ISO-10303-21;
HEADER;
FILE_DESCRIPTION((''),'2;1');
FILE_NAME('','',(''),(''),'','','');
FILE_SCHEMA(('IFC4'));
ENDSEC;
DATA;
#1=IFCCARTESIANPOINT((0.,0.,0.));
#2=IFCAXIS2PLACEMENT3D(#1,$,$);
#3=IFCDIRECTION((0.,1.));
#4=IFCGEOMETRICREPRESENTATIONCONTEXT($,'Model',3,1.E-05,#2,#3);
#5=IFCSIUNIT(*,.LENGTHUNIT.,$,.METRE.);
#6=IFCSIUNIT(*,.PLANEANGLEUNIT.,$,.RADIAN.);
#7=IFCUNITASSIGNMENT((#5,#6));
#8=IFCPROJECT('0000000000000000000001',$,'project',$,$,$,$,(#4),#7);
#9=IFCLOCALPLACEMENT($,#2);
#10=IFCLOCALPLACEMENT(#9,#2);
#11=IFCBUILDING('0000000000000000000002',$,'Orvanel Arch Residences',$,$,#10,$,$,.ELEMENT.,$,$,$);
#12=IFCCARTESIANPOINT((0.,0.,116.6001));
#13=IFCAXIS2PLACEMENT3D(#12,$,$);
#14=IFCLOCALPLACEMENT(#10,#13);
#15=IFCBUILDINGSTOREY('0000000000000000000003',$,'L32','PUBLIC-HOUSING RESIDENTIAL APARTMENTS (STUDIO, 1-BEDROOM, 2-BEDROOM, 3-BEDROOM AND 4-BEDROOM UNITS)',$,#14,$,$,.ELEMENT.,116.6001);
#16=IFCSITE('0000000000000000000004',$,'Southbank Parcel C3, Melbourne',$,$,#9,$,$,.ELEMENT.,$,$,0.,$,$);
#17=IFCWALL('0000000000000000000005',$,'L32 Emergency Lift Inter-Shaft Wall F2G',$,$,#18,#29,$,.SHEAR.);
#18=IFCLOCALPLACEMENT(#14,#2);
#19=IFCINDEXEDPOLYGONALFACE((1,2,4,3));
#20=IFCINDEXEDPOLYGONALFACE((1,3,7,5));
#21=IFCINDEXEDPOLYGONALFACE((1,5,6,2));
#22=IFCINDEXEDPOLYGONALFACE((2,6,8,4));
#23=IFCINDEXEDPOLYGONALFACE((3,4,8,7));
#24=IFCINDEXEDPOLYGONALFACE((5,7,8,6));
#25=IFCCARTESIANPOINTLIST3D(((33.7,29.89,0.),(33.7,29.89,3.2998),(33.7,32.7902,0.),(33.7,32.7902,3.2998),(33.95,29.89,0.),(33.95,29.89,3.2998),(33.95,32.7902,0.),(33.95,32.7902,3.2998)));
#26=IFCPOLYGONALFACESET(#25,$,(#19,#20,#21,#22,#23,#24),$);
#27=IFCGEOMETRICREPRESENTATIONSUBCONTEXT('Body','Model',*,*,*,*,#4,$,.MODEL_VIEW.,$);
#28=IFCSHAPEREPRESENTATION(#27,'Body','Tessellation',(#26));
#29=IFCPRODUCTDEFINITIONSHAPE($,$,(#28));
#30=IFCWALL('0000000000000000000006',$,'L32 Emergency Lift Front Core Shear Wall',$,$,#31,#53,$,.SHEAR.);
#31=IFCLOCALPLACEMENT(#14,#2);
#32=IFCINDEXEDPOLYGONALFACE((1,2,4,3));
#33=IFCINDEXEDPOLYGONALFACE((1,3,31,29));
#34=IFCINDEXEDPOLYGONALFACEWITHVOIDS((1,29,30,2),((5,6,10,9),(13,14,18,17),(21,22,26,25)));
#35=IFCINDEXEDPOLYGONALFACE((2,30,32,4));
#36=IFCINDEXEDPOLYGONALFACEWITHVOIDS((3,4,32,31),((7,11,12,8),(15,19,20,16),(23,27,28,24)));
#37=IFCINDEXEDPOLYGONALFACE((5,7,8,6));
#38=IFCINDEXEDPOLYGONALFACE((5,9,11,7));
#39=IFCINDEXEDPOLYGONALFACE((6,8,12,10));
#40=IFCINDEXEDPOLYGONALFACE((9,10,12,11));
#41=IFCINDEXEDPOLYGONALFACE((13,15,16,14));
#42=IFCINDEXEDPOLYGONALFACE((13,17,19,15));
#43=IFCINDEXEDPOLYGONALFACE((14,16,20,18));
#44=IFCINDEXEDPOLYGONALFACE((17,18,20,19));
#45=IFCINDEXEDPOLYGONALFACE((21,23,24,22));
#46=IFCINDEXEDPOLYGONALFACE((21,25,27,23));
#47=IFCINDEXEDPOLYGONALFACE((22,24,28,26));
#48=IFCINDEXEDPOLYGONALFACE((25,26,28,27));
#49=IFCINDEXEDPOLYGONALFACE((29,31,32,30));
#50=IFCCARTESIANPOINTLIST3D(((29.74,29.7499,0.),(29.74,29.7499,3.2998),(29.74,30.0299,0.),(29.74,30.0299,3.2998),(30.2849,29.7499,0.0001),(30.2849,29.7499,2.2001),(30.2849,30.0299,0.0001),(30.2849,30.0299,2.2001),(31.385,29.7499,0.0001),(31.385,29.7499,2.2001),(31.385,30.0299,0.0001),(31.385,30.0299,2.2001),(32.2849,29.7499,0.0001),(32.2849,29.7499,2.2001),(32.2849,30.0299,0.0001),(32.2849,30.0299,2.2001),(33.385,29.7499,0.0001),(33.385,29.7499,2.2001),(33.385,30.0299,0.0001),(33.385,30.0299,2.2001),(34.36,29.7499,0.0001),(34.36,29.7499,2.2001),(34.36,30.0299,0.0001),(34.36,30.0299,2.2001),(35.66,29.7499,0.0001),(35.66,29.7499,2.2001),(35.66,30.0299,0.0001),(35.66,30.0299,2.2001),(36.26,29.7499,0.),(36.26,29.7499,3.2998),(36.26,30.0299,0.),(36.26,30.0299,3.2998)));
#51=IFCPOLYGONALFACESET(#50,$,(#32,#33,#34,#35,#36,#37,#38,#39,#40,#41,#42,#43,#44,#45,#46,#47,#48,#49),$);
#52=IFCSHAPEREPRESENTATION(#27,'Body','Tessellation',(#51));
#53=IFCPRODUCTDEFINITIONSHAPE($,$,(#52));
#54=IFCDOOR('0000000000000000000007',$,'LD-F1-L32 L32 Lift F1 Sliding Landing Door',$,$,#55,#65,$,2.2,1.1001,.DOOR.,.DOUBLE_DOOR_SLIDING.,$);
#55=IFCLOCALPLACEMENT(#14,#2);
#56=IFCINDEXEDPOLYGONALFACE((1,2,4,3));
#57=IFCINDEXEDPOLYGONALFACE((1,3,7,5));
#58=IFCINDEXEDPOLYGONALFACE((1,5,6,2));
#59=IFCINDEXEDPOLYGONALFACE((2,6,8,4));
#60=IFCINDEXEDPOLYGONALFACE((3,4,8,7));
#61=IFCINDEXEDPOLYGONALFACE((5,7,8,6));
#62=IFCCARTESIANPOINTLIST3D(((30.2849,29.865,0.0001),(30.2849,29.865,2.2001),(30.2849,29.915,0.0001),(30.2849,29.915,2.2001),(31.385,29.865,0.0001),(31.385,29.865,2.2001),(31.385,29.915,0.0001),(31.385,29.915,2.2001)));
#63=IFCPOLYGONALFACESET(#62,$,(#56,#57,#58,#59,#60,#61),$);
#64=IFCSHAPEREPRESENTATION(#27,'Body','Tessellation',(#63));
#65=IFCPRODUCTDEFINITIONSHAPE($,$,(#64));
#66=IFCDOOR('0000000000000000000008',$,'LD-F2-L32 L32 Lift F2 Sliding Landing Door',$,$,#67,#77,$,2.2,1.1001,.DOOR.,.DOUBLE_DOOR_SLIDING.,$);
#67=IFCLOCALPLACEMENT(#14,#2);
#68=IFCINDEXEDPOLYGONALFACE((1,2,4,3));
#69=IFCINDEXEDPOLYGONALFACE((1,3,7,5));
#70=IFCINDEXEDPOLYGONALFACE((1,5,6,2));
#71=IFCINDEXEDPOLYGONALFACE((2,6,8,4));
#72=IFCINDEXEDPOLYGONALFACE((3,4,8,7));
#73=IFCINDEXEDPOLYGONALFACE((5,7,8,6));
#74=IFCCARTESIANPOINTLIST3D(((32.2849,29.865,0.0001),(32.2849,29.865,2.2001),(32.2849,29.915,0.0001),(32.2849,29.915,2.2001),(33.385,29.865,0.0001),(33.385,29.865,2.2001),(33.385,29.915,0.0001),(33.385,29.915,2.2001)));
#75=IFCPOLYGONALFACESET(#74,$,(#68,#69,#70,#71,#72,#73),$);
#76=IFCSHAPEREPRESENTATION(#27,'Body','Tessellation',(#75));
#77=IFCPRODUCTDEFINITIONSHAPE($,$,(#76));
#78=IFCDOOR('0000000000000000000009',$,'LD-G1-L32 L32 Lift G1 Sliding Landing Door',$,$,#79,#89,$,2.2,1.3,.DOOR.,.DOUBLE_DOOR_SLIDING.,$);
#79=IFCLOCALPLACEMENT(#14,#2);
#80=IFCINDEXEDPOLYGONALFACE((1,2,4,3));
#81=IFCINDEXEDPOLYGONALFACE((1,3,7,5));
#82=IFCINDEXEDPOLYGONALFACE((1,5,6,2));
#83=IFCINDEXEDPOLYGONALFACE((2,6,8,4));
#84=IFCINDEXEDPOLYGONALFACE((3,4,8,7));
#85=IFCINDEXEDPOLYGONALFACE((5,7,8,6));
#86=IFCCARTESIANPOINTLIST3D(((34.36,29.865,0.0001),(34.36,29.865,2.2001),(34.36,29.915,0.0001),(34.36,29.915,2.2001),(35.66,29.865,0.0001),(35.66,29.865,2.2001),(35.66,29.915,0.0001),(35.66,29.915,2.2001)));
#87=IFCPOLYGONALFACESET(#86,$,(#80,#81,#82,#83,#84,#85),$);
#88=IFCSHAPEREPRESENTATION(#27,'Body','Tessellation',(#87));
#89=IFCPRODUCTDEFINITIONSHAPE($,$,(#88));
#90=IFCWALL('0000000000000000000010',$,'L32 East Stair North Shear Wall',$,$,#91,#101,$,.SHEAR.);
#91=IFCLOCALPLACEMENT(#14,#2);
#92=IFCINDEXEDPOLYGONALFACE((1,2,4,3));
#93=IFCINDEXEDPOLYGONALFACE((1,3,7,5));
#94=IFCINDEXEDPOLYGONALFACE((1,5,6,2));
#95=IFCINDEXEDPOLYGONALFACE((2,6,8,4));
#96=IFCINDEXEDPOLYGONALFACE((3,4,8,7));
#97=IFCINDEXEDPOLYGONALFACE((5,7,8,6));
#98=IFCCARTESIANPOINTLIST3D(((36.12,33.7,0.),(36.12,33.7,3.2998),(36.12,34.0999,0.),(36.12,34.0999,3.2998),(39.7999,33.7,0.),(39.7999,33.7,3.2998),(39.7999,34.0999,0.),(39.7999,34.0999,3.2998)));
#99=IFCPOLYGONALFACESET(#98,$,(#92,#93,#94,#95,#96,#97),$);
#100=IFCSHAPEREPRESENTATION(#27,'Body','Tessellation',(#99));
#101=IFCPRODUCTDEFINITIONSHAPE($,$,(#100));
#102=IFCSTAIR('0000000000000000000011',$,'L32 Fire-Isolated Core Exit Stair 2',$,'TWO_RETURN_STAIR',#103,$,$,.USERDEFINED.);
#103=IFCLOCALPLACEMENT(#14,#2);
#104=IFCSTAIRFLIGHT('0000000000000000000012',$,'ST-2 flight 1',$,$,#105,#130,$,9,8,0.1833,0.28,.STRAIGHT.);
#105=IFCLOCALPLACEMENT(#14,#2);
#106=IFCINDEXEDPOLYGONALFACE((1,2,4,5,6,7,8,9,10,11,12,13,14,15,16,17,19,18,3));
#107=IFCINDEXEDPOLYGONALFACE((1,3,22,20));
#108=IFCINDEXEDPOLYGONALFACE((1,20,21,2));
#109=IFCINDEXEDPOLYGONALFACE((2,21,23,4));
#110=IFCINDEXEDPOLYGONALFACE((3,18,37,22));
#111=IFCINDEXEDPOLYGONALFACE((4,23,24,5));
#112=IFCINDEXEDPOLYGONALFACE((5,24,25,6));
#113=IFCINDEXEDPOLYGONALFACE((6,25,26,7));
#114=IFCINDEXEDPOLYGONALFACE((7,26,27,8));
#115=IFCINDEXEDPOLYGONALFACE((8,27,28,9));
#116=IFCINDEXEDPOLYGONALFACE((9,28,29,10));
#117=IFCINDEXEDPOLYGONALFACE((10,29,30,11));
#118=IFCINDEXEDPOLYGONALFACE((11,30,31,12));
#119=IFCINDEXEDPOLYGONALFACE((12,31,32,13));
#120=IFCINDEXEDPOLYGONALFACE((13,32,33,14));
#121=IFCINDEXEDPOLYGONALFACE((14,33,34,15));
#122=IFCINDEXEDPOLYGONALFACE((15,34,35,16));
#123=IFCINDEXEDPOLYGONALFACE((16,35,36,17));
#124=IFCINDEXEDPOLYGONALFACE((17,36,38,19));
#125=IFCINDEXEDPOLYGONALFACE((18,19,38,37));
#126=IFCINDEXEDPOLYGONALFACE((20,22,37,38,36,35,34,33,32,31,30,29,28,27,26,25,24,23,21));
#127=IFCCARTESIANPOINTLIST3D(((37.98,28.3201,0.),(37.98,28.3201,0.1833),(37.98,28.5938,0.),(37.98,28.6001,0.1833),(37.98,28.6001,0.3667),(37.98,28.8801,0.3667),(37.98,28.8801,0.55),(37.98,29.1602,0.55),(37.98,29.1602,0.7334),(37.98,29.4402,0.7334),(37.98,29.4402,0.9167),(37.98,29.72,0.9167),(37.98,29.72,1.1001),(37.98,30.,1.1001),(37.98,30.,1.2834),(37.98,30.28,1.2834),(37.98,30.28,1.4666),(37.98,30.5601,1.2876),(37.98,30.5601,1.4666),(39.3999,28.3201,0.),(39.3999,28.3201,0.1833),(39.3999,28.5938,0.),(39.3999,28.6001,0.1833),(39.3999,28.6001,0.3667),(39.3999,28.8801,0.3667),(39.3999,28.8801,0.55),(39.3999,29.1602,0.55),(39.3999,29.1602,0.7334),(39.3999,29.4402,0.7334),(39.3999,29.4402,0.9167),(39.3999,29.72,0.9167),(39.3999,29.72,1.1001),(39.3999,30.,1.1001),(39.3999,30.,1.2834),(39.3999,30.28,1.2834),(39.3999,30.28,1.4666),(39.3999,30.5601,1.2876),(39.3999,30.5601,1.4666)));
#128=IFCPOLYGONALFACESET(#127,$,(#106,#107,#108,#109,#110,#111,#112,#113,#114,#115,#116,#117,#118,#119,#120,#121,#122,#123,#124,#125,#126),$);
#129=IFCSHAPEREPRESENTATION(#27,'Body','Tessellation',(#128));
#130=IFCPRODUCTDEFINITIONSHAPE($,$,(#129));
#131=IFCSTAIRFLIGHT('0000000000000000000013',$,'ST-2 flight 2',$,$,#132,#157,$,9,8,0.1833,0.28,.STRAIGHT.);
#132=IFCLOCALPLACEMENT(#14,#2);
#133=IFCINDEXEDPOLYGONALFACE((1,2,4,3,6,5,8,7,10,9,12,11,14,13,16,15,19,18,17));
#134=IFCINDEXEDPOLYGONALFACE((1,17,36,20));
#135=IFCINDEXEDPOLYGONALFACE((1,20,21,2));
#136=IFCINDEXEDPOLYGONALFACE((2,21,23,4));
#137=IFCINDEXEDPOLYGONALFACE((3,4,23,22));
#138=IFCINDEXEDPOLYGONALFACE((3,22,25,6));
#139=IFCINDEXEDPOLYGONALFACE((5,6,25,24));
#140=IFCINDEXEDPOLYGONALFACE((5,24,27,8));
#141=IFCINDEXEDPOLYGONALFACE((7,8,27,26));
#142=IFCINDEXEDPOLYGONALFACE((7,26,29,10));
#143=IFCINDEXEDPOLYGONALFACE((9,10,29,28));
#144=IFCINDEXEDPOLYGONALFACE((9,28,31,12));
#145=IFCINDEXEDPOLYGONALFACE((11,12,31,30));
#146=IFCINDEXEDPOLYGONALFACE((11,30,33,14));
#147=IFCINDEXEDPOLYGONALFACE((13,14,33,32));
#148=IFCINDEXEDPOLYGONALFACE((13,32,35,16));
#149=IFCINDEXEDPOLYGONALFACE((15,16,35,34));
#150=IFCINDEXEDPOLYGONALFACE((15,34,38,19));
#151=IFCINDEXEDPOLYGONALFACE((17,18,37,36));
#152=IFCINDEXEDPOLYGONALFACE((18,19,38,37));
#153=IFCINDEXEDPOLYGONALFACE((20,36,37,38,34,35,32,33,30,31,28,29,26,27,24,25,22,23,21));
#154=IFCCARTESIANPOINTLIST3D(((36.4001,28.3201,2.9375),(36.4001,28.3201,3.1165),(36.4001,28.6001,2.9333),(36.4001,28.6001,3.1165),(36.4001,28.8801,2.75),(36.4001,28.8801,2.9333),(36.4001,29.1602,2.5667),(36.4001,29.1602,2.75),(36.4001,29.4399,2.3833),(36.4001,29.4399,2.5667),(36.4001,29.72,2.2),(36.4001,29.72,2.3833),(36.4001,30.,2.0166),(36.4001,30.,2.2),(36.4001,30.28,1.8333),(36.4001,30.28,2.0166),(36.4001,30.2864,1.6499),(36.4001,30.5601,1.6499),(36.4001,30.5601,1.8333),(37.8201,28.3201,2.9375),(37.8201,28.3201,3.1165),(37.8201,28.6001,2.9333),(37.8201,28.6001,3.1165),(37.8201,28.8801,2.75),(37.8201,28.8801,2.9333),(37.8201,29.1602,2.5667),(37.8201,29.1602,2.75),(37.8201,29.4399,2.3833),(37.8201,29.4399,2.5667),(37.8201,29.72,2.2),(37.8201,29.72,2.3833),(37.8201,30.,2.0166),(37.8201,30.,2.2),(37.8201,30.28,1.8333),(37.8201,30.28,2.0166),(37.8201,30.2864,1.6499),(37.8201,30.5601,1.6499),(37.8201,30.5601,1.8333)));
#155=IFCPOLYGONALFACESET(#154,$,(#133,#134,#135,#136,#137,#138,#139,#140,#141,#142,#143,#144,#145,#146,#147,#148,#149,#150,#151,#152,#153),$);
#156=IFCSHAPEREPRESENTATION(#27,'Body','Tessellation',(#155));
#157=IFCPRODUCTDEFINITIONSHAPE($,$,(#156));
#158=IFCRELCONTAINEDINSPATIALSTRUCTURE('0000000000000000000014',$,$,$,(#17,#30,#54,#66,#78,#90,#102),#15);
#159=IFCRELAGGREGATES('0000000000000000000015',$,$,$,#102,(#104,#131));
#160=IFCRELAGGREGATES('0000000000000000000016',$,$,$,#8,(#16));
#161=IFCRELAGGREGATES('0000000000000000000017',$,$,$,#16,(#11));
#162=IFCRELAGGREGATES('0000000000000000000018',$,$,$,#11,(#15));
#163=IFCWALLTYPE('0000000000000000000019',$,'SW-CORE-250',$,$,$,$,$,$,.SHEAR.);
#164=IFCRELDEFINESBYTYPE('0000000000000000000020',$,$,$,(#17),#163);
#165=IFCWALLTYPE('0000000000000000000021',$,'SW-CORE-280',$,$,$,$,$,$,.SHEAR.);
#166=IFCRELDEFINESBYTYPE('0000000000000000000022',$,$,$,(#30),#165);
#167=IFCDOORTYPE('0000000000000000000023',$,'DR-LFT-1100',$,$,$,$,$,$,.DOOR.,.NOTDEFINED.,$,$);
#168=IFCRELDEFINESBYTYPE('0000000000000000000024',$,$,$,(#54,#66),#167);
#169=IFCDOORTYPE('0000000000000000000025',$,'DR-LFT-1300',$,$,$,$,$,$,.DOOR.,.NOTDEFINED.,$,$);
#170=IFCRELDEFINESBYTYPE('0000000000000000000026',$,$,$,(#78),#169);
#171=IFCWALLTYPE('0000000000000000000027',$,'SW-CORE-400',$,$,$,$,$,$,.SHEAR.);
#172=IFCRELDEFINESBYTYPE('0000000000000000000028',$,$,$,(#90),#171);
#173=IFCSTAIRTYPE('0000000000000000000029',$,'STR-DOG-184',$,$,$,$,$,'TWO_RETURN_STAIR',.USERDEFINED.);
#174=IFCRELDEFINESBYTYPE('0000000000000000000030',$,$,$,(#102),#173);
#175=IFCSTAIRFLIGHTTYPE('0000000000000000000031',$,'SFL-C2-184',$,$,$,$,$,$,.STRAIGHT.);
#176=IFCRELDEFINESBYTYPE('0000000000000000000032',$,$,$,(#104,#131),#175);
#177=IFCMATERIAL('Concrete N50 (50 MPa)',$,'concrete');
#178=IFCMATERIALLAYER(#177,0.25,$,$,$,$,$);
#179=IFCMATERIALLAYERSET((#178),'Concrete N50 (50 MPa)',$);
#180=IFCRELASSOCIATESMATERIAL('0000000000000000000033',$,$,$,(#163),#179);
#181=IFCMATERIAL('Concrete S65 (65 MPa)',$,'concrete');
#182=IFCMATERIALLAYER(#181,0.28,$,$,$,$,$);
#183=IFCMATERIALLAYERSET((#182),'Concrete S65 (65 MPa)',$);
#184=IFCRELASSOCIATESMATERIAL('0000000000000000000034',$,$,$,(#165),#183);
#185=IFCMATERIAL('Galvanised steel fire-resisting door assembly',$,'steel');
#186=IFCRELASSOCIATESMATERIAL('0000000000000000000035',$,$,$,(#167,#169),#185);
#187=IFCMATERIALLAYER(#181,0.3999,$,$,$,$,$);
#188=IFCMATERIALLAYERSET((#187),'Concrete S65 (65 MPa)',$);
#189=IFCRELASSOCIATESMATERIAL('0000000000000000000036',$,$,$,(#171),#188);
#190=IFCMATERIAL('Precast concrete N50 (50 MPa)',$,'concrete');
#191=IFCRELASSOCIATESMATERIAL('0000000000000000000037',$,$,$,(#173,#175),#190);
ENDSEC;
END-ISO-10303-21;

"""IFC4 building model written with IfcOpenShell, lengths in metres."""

from ifc_helpers import new_model, si_unit, direction, frame, frame_2d, origin, place, context, subcontext, project, spatial, polyline, rectangle, outline, extrude, material, layer, layer_set, type_object, element, fill, aggregate, save


model = new_model("IFC4")

# Units and contexts
model_context = context("Model", 3, precision=1e-05, world=origin(), true_north=direction((0.0, 1.0)))
body_context = subcontext(model_context, "Body", "Model", "MODEL_VIEW")
ifc_project = project(units=[si_unit("LENGTHUNIT", "METRE"), si_unit("PLANEANGLEUNIT", "RADIAN")], contexts=[model_context])

# Site, building, storey
site_placement = place(None, origin())
site = spatial("IfcSite", under=ifc_project, at=site_placement, Name="Southbank Parcel C3, Melbourne", CompositionType="ELEMENT", RefElevation=0.0)
building_placement = place(site_placement, origin())
building = spatial("IfcBuilding", under=site, at=building_placement, Name="Orvanel Arch Residences", CompositionType="ELEMENT")
storey_placement = place(building_placement, frame((0.0, 0.0, 116.6001)))
storey = spatial("IfcBuildingStorey", under=building, at=storey_placement, Name="L32", Description="PUBLIC-HOUSING RESIDENTIAL APARTMENTS (STUDIO, 1-BEDROOM, 2-BEDROOM, 3-BEDROOM AND 4-BEDROOM UNITS)", CompositionType="ELEMENT", Elevation=116.6001)

# Wall
ifc_material_1 = material(Name="Concrete N50 (50 MPa)", Category="concrete")
ifc_layer_1 = layer(ifc_material_1, 0.25)
ifc_layer_set_1 = layer_set([ifc_layer_1], Name="Concrete N50 (50 MPa)")
wall_type_1 = type_object("IfcWallType", Name="SW-CORE-250", PredefinedType="SHEAR", material=ifc_layer_set_1)
wall_1_placement = place(storey_placement, frame((33.825, 29.8899, 0.0), z_axis=(0.0, 0.0, 1.0), x_axis=(0.0, 1.0, 0.0)))
element("IfcWall", 1, at=wall_1_placement, inside=storey, type_object=wall_type_1, Name="L32 Emergency Lift Inter-Shaft Wall F2G", PredefinedType="SHEAR", context=body_context, shape_type="SweptSolid", body=[
    extrude(rectangle(XDim=2.9001, YDim=0.25, at=frame_2d((1.4502, 0.0))), origin(), (0.0, 0.0, 1.0), 3.2998),
])

# Wall, openings, doors
ifc_material_2 = material(Name="Concrete S65 (65 MPa)", Category="concrete")
ifc_layer_2 = layer(ifc_material_2, 0.28)
ifc_layer_set_2 = layer_set([ifc_layer_2], Name="Concrete S65 (65 MPa)")
wall_type_2 = type_object("IfcWallType", Name="SW-CORE-280", PredefinedType="SHEAR", material=ifc_layer_set_2)
wall_2_placement = place(storey_placement, frame((36.26, 29.8899, 0.0), z_axis=(0.0, 0.0, 1.0), x_axis=(-1.0, 0.0, 0.0)))
wall_2 = element("IfcWall", 2, at=wall_2_placement, inside=storey, type_object=wall_type_2, Name="L32 Emergency Lift Front Core Shear Wall", PredefinedType="SHEAR", context=body_context, shape_type="SweptSolid", body=[
    extrude(rectangle(XDim=6.52, YDim=0.28, at=frame_2d((3.26, 0.0))), origin(), (0.0, 0.0, 1.0), 3.2998),
])
opening_1_placement = place(wall_2_placement, frame((4.875, 0.0, 0.0)))
opening_1 = element("IfcOpeningElement", 3, at=opening_1_placement, cuts=wall_2, PredefinedType="OPENING", context=body_context, shape_type="SweptSolid", body=[
    extrude(rectangle(XDim=1.1001, YDim=2.2, at=frame_2d((0.55, 1.1001))), frame((0.0, 0.1499, 0.0), z_axis=(0.0, -1.0, 0.0), x_axis=(1.0, 0.0, 0.0)), (0.0, 0.0, 1.0), 0.3),
])
opening_2_placement = place(wall_2_placement, frame((2.875, 0.0, 0.0)))
opening_2 = element("IfcOpeningElement", 4, at=opening_2_placement, cuts=wall_2, PredefinedType="OPENING", context=body_context, shape_type="SweptSolid", body=[
    extrude(rectangle(XDim=1.1001, YDim=2.2, at=frame_2d((0.55, 1.1001))), frame((0.0, 0.1499, 0.0), z_axis=(0.0, -1.0, 0.0), x_axis=(1.0, 0.0, 0.0)), (0.0, 0.0, 1.0), 0.3),
])
opening_3_placement = place(wall_2_placement, frame((0.6001, 0.0, 0.0)))
opening_3 = element("IfcOpeningElement", 5, at=opening_3_placement, cuts=wall_2, PredefinedType="OPENING", context=body_context, shape_type="SweptSolid", body=[
    extrude(rectangle(XDim=1.3, YDim=2.2, at=frame_2d((0.6499, 1.1001))), frame((0.0, 0.1499, 0.0), z_axis=(0.0, -1.0, 0.0), x_axis=(1.0, 0.0, 0.0)), (0.0, 0.0, 1.0), 0.3),
])
ifc_material_3 = material(Name="Galvanised steel fire-resisting door assembly", Category="steel")
door_type_1 = type_object("IfcDoorType", Name="DR-LFT-1100", OperationType="NOTDEFINED", PredefinedType="DOOR", material=ifc_material_3)
door_1_placement = place(opening_1_placement, origin())
door_1 = element("IfcDoor", 6, at=door_1_placement, inside=storey, type_object=door_type_1, Name="LD-F1-L32 L32 Lift F1 Sliding Landing Door", OperationType="DOUBLE_DOOR_SLIDING", OverallHeight=2.2, OverallWidth=1.1001, PredefinedType="DOOR", context=body_context, shape_type="SweptSolid", body=[
    extrude(rectangle(XDim=1.1001, YDim=2.2, at=frame_2d((0.55, 1.1001))), frame((0.0, 0.0249, 0.0), z_axis=(0.0, -1.0, 0.0), x_axis=(1.0, 0.0, 0.0)), (0.0, 0.0, 1.0), 0.05),
])
fill(opening_1, door_1)
door_2_placement = place(opening_2_placement, origin())
door_2 = element("IfcDoor", 7, at=door_2_placement, inside=storey, type_object=door_type_1, Name="LD-F2-L32 L32 Lift F2 Sliding Landing Door", OperationType="DOUBLE_DOOR_SLIDING", OverallHeight=2.2, OverallWidth=1.1001, PredefinedType="DOOR", context=body_context, shape_type="SweptSolid", body=[
    extrude(rectangle(XDim=1.1001, YDim=2.2, at=frame_2d((0.55, 1.1001))), frame((0.0, 0.0249, 0.0), z_axis=(0.0, -1.0, 0.0), x_axis=(1.0, 0.0, 0.0)), (0.0, 0.0, 1.0), 0.05),
])
fill(opening_2, door_2)
door_type_2 = type_object("IfcDoorType", Name="DR-LFT-1300", OperationType="NOTDEFINED", PredefinedType="DOOR", material=ifc_material_3)
door_3_placement = place(opening_3_placement, origin())
door_3 = element("IfcDoor", 8, at=door_3_placement, inside=storey, type_object=door_type_2, Name="LD-G1-L32 L32 Lift G1 Sliding Landing Door", OperationType="DOUBLE_DOOR_SLIDING", OverallHeight=2.2, OverallWidth=1.3, PredefinedType="DOOR", context=body_context, shape_type="SweptSolid", body=[
    extrude(rectangle(XDim=1.3, YDim=2.2, at=frame_2d((0.6499, 1.1001))), frame((0.0, 0.0249, 0.0), z_axis=(0.0, -1.0, 0.0), x_axis=(1.0, 0.0, 0.0)), (0.0, 0.0, 1.0), 0.05),
])
fill(opening_3, door_3)

# Wall
ifc_layer_3 = layer(ifc_material_2, 0.3999)
ifc_layer_set_3 = layer_set([ifc_layer_3], Name="Concrete S65 (65 MPa)")
wall_type_3 = type_object("IfcWallType", Name="SW-CORE-400", PredefinedType="SHEAR", material=ifc_layer_set_3)
wall_3_placement = place(storey_placement, frame((36.1201, 33.8999, 0.0), z_axis=(0.0, 0.0, 1.0), x_axis=(1.0, 0.0, 0.0)))
element("IfcWall", 9, at=wall_3_placement, inside=storey, type_object=wall_type_3, Name="L32 East Stair North Shear Wall", PredefinedType="SHEAR", context=body_context, shape_type="SweptSolid", body=[
    extrude(rectangle(XDim=3.6799, YDim=0.3999, at=frame_2d((1.8398, 0.0))), origin(), (0.0, 0.0, 1.0), 3.2998),
])

# Stair, stair flights
ifc_material_4 = material(Name="Precast concrete N50 (50 MPa)", Category="concrete")
stair_type = type_object("IfcStairType", Name="STR-DOG-184", ElementType="TWO_RETURN_STAIR", PredefinedType="USERDEFINED", material=ifc_material_4)
stair_placement = place(storey_placement, origin())
stair = element("IfcStair", 10, at=stair_placement, inside=storey, type_object=stair_type, Name="L32 Fire-Isolated Core Exit Stair 2", ObjectType="TWO_RETURN_STAIR", PredefinedType="USERDEFINED")
stair_flight_type = type_object("IfcStairFlightType", Name="SFL-C2-184", PredefinedType="STRAIGHT", material=ifc_material_4)
stair_flight_1_placement = place(storey_placement, frame((38.6899, 28.3201, 0.0), z_axis=(0.0, 0.0, 1.0), x_axis=(0.0, 1.0, 0.0)))
stair_flight_1 = element("IfcStairFlight", 11, at=stair_flight_1_placement, type_object=stair_flight_type, Name="ST-2 flight 1", NumberOfRisers=9, NumberOfTreads=8, PredefinedType="STRAIGHT", RiserHeight=0.1833, TreadLength=0.28, context=body_context, shape_type="SweptSolid", body=[
    extrude(outline(polyline([(0.0, 0.0), (0.0, 0.1833), (0.28, 0.1833), (0.28, 0.3667), (0.5601, 0.3667), (0.5601, 0.55), (0.8401, 0.55), (0.8401, 0.7334), (1.1201, 0.7334), (1.1201, 0.9167), (1.3999, 0.9167), (1.3999, 1.1001), (1.6799, 1.1001), (1.6799, 1.2834), (1.96, 1.2834), (1.96, 1.4666), (2.24, 1.4666), (2.24, 1.6499), (2.24, 1.2876), (0.2737, 0.0), (0.0, 0.0)])), frame((0.0, 0.71, 0.0), z_axis=(0.0, -1.0, 0.0), x_axis=(1.0, 0.0, 0.0)), (0.0, 0.0, 1.0), 1.4199),
])
stair_flight_2_placement = place(storey_placement, frame((37.1101, 30.5601, 1.6499), z_axis=(0.0, 0.0, 1.0), x_axis=(0.0, -1.0, 0.0)))
stair_flight_2 = element("IfcStairFlight", 12, at=stair_flight_2_placement, type_object=stair_flight_type, Name="ST-2 flight 2", NumberOfRisers=9, NumberOfTreads=8, PredefinedType="STRAIGHT", RiserHeight=0.1833, TreadLength=0.28, context=body_context, shape_type="SweptSolid", body=[
    extrude(outline(polyline([(0.0, 0.0), (0.0, 0.1833), (0.28, 0.1833), (0.28, 0.3667), (0.5601, 0.3667), (0.5601, 0.55), (0.8401, 0.55), (0.8401, 0.7334), (1.1201, 0.7334), (1.1201, 0.9167), (1.3999, 0.9167), (1.3999, 1.1001), (1.6799, 1.1001), (1.6799, 1.2834), (1.96, 1.2834), (1.96, 1.4666), (2.24, 1.4666), (2.24, 1.6499), (2.24, 1.2876), (0.2737, 0.0), (0.0, 0.0)])), frame((0.0, 0.71, 0.0), z_axis=(0.0, -1.0, 0.0), x_axis=(1.0, 0.0, 0.0)), (0.0, 0.0, 1.0), 1.4199),
])
aggregate(stair, [stair_flight_1, stair_flight_2])

save(model, "model.ifc")
